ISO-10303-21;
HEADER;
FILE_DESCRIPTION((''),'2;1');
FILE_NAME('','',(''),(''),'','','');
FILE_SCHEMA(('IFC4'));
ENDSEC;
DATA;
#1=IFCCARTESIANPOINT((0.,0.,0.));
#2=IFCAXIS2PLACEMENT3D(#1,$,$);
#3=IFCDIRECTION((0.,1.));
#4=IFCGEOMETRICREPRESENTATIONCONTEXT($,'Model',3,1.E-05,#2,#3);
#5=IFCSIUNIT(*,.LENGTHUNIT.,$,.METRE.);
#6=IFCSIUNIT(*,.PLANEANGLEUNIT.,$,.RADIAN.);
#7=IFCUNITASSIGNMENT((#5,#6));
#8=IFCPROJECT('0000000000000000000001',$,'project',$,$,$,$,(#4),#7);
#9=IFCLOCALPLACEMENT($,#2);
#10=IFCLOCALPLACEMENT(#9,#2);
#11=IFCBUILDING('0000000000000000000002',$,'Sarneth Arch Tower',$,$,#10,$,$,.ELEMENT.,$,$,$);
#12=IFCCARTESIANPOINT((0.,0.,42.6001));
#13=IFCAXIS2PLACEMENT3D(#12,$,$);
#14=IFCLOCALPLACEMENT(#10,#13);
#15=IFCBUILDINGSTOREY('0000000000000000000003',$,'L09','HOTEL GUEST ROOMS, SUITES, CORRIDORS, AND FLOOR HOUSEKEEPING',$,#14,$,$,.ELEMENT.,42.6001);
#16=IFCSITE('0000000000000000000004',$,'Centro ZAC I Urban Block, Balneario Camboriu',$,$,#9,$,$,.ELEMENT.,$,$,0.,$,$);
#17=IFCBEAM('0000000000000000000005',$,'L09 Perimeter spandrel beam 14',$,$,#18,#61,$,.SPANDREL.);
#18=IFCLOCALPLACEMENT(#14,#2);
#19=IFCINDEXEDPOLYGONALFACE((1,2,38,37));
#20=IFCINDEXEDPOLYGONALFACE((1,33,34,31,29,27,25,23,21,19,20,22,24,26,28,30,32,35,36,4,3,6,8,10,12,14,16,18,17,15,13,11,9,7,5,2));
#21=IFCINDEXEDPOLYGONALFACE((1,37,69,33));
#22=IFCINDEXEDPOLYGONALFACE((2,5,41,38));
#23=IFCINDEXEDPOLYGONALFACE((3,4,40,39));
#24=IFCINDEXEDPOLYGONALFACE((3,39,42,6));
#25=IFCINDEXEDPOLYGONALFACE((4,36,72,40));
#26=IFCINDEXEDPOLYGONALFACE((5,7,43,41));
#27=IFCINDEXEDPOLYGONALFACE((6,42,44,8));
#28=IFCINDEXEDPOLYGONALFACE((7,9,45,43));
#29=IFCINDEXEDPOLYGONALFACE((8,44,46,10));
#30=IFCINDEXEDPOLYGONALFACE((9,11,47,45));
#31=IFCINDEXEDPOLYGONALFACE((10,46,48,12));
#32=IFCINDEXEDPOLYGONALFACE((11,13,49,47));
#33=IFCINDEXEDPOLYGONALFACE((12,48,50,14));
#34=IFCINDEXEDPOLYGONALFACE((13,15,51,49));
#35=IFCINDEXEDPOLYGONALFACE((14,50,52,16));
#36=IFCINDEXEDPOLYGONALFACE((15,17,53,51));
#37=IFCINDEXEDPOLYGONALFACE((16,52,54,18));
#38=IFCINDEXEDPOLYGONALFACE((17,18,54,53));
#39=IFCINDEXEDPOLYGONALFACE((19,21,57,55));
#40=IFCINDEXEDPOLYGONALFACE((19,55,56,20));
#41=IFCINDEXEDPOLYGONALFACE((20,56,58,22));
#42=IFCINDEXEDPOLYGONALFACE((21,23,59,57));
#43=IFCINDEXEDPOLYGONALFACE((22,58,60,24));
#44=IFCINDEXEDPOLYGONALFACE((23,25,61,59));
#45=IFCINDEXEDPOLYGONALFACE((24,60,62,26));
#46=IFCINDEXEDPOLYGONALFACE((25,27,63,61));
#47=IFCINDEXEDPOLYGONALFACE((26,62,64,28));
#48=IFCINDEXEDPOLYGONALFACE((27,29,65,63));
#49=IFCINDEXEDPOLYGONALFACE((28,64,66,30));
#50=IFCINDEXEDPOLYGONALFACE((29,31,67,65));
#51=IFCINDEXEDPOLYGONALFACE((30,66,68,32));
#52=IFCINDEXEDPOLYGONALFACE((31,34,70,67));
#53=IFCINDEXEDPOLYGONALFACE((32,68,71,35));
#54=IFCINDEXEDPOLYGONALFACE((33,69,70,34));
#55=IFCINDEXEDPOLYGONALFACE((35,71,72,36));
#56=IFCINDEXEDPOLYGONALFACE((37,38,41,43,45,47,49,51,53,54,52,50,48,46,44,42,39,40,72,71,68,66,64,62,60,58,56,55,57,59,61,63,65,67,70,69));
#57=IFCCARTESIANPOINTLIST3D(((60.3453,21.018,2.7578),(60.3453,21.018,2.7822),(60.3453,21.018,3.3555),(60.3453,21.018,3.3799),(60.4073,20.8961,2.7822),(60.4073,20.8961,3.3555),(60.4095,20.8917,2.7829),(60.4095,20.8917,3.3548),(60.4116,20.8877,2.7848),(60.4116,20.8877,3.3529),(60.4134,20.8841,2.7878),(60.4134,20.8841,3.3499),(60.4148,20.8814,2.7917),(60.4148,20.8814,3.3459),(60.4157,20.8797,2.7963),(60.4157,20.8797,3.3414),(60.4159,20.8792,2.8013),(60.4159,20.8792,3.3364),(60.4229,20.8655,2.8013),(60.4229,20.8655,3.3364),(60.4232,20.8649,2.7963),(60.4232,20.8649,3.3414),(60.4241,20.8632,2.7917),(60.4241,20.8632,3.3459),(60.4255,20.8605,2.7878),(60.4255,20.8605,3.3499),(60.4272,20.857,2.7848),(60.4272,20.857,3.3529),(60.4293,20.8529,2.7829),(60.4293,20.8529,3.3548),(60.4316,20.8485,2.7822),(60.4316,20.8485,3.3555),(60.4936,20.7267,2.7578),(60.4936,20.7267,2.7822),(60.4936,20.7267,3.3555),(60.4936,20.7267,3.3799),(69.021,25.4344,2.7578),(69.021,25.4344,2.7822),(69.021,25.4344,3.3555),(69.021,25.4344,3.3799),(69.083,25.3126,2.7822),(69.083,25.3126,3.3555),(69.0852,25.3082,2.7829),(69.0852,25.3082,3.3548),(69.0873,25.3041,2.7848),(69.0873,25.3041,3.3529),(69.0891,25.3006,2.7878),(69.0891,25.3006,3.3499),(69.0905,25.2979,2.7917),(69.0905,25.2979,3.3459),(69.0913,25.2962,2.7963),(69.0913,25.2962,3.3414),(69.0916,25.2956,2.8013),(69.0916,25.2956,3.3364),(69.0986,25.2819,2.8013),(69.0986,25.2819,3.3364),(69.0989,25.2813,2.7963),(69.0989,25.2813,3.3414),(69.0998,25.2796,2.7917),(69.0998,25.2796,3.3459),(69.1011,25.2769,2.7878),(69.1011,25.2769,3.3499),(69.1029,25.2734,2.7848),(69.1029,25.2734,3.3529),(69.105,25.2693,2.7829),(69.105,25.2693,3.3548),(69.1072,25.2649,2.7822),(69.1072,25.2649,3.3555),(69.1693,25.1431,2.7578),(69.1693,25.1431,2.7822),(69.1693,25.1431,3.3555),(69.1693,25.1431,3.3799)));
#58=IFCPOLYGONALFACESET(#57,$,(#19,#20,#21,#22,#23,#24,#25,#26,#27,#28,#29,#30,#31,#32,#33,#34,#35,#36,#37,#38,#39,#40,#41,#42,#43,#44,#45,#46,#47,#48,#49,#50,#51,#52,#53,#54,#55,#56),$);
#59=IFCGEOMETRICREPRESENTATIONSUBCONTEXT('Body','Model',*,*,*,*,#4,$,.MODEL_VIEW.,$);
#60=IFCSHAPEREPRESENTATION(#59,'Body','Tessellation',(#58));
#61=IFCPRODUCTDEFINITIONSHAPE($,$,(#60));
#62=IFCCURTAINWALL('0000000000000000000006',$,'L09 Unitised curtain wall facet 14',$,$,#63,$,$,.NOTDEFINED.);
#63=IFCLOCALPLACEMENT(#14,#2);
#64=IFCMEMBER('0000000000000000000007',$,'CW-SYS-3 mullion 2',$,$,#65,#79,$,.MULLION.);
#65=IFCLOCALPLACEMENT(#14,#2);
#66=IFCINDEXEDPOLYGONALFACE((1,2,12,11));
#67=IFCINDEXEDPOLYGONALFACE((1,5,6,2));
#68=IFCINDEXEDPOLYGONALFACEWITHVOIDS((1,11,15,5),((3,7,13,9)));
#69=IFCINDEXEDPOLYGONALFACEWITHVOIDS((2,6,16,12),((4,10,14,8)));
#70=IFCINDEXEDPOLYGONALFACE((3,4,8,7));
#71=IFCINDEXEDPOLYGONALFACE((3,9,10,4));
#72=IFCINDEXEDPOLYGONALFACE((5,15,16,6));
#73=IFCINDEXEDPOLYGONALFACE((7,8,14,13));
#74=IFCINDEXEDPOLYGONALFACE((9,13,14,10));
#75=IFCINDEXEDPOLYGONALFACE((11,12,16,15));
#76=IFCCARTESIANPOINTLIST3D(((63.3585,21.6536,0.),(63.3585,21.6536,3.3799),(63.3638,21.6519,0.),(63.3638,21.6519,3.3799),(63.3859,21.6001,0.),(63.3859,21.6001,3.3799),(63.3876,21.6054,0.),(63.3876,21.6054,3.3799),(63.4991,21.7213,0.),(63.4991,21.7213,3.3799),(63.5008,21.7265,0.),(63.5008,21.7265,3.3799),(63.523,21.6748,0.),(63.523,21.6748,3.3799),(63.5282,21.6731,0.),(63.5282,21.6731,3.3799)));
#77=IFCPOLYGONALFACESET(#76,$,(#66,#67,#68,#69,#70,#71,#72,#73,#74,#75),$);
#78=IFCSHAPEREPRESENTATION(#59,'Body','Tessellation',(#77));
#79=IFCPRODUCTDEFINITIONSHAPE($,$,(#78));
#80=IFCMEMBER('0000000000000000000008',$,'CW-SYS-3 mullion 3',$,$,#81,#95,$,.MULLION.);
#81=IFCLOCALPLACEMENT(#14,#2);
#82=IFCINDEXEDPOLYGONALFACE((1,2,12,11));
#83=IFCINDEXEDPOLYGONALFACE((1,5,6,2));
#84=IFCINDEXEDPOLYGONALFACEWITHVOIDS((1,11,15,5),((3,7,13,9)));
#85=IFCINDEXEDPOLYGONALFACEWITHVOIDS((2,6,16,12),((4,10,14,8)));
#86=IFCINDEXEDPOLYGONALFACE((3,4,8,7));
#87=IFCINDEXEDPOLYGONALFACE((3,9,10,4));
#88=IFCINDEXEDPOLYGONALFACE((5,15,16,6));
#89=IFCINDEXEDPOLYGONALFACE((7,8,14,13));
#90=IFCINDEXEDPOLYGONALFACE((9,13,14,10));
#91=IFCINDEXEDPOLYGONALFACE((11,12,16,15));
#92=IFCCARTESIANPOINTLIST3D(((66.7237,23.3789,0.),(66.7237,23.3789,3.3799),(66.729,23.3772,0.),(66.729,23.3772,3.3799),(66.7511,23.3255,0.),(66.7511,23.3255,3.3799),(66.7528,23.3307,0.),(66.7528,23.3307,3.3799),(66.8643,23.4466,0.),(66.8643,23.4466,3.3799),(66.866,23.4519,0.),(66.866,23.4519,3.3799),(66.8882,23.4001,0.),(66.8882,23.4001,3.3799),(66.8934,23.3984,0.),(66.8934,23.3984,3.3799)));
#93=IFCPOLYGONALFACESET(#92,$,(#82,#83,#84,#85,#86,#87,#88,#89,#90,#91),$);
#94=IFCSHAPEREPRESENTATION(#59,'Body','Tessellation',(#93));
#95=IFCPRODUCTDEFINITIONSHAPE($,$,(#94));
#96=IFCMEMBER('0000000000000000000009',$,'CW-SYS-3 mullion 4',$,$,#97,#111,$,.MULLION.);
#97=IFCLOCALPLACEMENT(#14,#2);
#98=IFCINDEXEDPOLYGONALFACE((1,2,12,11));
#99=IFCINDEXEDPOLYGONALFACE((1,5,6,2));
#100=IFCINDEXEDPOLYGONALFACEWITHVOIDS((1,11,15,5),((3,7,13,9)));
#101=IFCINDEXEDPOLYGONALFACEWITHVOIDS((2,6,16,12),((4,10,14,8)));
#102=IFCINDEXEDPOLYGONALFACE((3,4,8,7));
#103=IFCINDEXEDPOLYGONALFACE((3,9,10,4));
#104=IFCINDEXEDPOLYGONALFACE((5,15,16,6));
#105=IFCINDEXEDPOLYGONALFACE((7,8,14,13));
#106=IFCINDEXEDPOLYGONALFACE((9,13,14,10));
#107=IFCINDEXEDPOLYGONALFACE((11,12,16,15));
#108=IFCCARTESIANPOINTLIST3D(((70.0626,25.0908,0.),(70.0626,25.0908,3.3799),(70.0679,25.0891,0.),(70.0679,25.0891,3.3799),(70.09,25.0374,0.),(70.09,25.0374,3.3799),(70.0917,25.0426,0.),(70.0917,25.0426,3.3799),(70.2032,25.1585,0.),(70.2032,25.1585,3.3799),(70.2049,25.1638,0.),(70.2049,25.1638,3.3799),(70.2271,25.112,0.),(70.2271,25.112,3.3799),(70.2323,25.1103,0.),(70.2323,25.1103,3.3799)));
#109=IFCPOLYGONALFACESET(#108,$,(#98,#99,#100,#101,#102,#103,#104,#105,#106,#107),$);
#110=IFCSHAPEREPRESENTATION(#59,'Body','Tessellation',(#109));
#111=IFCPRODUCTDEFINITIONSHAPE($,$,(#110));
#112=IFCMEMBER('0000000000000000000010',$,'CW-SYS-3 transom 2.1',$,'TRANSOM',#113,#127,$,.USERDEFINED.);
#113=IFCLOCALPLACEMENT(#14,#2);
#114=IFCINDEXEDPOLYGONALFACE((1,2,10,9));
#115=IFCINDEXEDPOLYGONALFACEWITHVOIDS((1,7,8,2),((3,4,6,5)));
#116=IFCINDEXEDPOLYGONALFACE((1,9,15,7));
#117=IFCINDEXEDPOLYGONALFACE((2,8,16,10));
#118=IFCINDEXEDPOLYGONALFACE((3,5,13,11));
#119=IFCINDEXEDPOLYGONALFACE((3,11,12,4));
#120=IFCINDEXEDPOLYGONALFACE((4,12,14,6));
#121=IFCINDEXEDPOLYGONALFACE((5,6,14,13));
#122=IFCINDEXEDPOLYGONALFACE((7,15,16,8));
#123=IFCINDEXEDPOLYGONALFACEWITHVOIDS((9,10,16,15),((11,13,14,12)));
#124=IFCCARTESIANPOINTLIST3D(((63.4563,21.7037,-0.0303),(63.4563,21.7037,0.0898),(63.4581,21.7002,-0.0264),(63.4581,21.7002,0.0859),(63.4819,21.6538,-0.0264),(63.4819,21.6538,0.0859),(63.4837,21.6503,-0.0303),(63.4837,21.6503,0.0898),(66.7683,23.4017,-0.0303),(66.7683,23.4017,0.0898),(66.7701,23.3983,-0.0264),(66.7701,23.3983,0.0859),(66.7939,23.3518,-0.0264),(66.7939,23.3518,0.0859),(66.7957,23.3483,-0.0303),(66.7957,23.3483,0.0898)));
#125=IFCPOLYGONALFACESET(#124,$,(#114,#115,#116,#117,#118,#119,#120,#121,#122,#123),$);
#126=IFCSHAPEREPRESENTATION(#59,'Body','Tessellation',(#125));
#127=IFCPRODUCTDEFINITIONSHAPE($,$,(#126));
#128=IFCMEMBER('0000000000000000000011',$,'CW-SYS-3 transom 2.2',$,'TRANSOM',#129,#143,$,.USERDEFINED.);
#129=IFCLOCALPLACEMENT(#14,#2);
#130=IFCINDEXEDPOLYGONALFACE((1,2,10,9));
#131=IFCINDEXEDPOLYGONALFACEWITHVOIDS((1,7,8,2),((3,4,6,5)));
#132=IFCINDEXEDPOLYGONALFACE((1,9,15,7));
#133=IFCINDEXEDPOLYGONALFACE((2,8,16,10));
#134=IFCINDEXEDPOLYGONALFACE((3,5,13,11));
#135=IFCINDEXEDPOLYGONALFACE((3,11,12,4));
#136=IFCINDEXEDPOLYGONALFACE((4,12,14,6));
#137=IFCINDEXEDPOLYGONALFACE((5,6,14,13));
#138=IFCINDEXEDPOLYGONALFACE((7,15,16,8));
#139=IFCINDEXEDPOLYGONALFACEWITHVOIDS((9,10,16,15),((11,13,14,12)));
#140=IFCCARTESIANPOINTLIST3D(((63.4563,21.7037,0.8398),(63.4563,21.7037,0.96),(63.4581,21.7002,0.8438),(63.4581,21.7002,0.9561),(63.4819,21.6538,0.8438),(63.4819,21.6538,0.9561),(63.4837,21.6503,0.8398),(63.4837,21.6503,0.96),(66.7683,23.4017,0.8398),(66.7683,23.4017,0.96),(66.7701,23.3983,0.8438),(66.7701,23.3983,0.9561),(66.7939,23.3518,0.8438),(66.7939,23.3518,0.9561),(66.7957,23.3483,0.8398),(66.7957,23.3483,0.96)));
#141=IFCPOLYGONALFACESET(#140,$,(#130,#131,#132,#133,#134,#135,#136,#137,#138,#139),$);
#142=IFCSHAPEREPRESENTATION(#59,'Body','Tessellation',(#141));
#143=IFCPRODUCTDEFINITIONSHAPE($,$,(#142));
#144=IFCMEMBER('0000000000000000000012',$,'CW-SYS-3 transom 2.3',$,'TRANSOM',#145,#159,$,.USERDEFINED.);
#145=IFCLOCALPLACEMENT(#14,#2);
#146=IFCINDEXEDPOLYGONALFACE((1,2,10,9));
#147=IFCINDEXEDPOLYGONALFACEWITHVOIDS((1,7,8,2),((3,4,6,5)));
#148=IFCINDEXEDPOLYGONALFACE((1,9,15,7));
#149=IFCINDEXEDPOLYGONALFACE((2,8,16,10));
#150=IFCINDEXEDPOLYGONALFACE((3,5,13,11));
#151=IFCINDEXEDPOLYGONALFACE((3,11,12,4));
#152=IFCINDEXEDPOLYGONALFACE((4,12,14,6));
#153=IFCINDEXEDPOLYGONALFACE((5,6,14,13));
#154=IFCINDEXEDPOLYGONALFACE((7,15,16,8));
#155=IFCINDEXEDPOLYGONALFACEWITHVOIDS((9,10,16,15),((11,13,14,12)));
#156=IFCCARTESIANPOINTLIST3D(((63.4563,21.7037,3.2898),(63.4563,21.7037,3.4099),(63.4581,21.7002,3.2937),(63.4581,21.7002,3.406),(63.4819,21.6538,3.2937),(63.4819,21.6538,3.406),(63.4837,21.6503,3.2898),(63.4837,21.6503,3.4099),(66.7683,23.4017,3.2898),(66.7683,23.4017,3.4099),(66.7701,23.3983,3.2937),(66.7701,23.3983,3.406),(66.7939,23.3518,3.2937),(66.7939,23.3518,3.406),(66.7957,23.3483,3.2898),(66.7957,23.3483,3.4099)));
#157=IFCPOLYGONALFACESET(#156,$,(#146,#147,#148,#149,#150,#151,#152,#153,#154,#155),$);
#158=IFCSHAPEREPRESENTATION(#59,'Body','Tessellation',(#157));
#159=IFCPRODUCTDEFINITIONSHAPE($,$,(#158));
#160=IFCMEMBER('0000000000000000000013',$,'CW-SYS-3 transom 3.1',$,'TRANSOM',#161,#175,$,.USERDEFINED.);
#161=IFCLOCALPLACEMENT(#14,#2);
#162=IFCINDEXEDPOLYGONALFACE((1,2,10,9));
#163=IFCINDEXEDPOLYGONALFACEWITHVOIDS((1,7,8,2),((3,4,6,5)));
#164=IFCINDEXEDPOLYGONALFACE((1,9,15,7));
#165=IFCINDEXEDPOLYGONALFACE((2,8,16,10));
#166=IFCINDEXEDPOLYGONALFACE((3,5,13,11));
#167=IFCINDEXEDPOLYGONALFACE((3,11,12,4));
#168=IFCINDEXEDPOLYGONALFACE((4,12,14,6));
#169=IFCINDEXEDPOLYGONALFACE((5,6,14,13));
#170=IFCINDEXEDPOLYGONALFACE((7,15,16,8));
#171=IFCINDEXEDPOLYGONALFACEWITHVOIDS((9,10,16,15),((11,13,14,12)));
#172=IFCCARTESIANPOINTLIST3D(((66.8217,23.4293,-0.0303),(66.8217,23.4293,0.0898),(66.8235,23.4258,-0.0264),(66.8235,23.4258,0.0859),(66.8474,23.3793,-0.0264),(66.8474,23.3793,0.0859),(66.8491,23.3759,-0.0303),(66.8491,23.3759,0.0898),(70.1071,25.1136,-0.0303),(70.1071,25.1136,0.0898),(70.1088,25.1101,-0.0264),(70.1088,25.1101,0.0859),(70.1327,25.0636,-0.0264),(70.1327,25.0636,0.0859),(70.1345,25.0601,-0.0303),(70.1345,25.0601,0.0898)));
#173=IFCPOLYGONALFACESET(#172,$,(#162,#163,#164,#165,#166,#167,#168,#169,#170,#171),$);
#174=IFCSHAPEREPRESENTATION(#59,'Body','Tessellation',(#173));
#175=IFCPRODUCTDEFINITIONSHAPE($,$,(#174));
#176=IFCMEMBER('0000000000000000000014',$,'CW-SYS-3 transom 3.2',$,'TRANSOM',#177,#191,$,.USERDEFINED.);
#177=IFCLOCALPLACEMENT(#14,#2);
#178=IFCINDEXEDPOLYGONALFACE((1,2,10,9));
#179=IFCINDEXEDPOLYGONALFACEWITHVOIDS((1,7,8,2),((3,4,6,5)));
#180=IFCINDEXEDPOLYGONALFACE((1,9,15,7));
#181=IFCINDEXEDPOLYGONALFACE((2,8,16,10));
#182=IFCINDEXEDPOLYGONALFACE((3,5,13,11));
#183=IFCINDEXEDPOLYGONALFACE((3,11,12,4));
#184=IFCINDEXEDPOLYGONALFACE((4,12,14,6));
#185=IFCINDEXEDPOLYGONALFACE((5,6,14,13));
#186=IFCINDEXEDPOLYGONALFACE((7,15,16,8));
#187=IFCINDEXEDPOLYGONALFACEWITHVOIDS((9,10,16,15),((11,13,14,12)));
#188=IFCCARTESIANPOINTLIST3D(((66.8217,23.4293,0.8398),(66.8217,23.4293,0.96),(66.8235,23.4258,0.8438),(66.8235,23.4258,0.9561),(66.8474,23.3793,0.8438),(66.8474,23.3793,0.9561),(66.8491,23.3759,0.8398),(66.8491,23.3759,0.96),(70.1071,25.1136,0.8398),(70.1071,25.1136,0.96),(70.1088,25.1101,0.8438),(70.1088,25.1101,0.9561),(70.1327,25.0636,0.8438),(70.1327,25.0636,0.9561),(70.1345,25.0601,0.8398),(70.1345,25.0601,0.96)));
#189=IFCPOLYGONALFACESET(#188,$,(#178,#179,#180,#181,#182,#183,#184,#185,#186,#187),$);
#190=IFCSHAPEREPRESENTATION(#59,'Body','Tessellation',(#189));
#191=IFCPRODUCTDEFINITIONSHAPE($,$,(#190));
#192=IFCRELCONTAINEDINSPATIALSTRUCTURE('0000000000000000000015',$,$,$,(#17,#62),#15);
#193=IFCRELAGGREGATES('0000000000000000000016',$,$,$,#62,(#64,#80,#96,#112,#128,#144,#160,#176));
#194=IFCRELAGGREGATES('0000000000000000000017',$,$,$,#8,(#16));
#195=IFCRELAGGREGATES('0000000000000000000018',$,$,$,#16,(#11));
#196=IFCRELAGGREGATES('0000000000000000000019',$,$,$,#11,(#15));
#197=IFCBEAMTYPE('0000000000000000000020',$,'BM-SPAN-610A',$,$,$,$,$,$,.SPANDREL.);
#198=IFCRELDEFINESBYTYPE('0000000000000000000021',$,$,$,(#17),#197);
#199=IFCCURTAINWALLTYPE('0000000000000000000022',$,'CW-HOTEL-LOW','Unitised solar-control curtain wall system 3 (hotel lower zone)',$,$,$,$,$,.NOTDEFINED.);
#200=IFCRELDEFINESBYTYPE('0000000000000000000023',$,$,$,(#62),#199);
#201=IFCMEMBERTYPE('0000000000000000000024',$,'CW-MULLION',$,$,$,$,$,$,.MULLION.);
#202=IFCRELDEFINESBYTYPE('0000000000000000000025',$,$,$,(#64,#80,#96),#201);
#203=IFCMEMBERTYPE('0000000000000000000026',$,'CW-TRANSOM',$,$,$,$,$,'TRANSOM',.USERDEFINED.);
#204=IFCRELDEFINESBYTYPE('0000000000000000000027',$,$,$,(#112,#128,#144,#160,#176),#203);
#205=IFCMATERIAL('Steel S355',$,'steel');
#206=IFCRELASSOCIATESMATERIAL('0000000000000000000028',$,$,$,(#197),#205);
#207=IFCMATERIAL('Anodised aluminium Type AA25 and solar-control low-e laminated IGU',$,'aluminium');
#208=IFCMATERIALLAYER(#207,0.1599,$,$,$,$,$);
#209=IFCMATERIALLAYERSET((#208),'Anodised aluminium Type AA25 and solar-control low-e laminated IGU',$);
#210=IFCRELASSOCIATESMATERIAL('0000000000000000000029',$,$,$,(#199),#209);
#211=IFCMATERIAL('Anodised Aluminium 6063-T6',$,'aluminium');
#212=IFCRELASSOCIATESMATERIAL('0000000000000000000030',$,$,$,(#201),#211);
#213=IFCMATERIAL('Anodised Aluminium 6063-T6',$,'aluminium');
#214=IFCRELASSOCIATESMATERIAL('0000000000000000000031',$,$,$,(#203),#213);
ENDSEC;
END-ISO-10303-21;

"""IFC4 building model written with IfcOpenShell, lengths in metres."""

from ifc_helpers import new_model, si_unit, direction, frame, origin, origin_2d, place, context, subcontext, project, spatial, hollow_rectangle, i_section, extrude, material, layer, layer_set, material_profile, profile_set, type_object, element, aggregate, save


model = new_model("IFC4")

# Units and contexts
model_context = context("Model", 3, precision=1e-05, world=origin(), true_north=direction((0.0, 1.0)))
body_context = subcontext(model_context, "Body", "Model", "MODEL_VIEW")
ifc_project = project(units=[si_unit("LENGTHUNIT", "METRE"), si_unit("PLANEANGLEUNIT", "RADIAN")], contexts=[model_context])

# Site, building, storey
site_placement = place(None, origin())
site = spatial("IfcSite", under=ifc_project, at=site_placement, Name="Centro ZAC I Urban Block, Balneario Camboriu", CompositionType="ELEMENT", RefElevation=0.0)
building_placement = place(site_placement, origin())
building = spatial("IfcBuilding", under=site, at=building_placement, Name="Sarneth Arch Tower", CompositionType="ELEMENT")
storey_placement = place(building_placement, frame((0.0, 0.0, 42.6001)))
storey = spatial("IfcBuildingStorey", under=building, at=storey_placement, Name="L09", Description="HOTEL GUEST ROOMS, SUITES, CORRIDORS, AND FLOOR HOUSEKEEPING", CompositionType="ELEMENT", Elevation=42.6001)

# Beam
ifc_material_1 = material(Name="Steel S355", Category="steel")
ifc_material_profile_1 = material_profile(ifc_material_1, i_section(OverallWidth=0.3269, OverallDepth=0.6221, WebThickness=0.0154, FlangeThickness=0.0244, FilletRadius=0.019, at=origin_2d()), Name="W610x195")
ifc_profile_set_1 = profile_set([ifc_material_profile_1], Name="Steel S355")
beam_type = type_object("IfcBeamType", Name="BM-SPAN-610A", PredefinedType="SPANDREL", material=ifc_profile_set_1)
beam_placement = place(storey_placement, frame((60.4194, 20.8723, 3.0688), z_axis=(0.891174, 0.453662, 0.0), x_axis=(-0.453662, 0.891174, 0.0)))
element("IfcBeam", 1, at=beam_placement, inside=storey, type_object=beam_type, Name="L09 Perimeter spandrel beam 14", PredefinedType="SPANDREL", context=body_context, shape_type="SweptSolid", body=[
    extrude(i_section(OverallWidth=0.3269, OverallDepth=0.6221, WebThickness=0.0154, FlangeThickness=0.0244, FilletRadius=0.019, at=origin_2d()), origin(), (0.0, 0.0, 1.0), 9.7351),
])

# Curtain wall, members
ifc_material_2 = material(Name="Anodised aluminium Type AA25 and solar-control low-e laminated IGU", Category="aluminium")
ifc_layer_1 = layer(ifc_material_2, 0.1599)
ifc_layer_set_1 = layer_set([ifc_layer_1], Name="Anodised aluminium Type AA25 and solar-control low-e laminated IGU")
curtain_wall_type = type_object("IfcCurtainWallType", Name="CW-HOTEL-LOW", Description="Unitised solar-control curtain wall system 3 (hotel lower zone)", PredefinedType="NOTDEFINED", material=ifc_layer_set_1)
curtain_wall_placement = place(storey_placement, origin())
curtain_wall = element("IfcCurtainWall", 2, at=curtain_wall_placement, inside=storey, type_object=curtain_wall_type, Name="L09 Unitised curtain wall facet 14", PredefinedType="NOTDEFINED")
ifc_material_3 = material(Name="Anodised Aluminium 6063-T6", Category="aluminium")
ifc_material_profile_2 = material_profile(ifc_material_3, hollow_rectangle(XDim=0.0601, YDim=0.1599, WallThickness=0.0039, at=origin_2d()), Name="AL-MULL-160x60x4")
ifc_profile_set_2 = profile_set([ifc_material_profile_2], Name="Anodised Aluminium 6063-T6")
member_type_1 = type_object("IfcMemberType", Name="CW-MULLION", PredefinedType="MULLION", material=ifc_profile_set_2)
member_1_placement = place(storey_placement, frame((63.4434, 21.6633, 0.0), z_axis=(0.0, 0.0, 1.0), x_axis=(-0.456245, 0.889854, 0.0)))
member_1 = element("IfcMember", 3, at=member_1_placement, type_object=member_type_1, Name="CW-SYS-3 mullion 2", PredefinedType="MULLION", context=body_context, shape_type="SweptSolid", body=[
    extrude(hollow_rectangle(XDim=0.0601, YDim=0.1599, WallThickness=0.0039, at=origin_2d()), origin(), (0.0, 0.0, 1.0), 3.3799),
])
member_2_placement = place(storey_placement, frame((66.8086, 23.3887, 0.0), z_axis=(0.0, 0.0, 1.0), x_axis=(-0.456245, 0.889854, 0.0)))
member_2 = element("IfcMember", 4, at=member_2_placement, type_object=member_type_1, Name="CW-SYS-3 mullion 3", PredefinedType="MULLION", context=body_context, shape_type="SweptSolid", body=[
    extrude(hollow_rectangle(XDim=0.0601, YDim=0.1599, WallThickness=0.0039, at=origin_2d()), origin(), (0.0, 0.0, 1.0), 3.3799),
])
member_3_placement = place(storey_placement, frame((70.1475, 25.1006, 0.0), z_axis=(0.0, 0.0, 1.0), x_axis=(-0.456245, 0.889854, 0.0)))
member_3 = element("IfcMember", 5, at=member_3_placement, type_object=member_type_1, Name="CW-SYS-3 mullion 4", PredefinedType="MULLION", context=body_context, shape_type="SweptSolid", body=[
    extrude(hollow_rectangle(XDim=0.0601, YDim=0.1599, WallThickness=0.0039, at=origin_2d()), origin(), (0.0, 0.0, 1.0), 3.3799),
])
ifc_material_4 = material(Name="Anodised Aluminium 6063-T6", Category="aluminium")
ifc_material_profile_3 = material_profile(ifc_material_4, hollow_rectangle(XDim=0.0601, YDim=0.1201, WallThickness=0.0039, at=origin_2d()), Name="AL-TRAN-120x60x4")
ifc_profile_set_3 = profile_set([ifc_material_profile_3], Name="Anodised Aluminium 6063-T6")
member_type_2 = type_object("IfcMemberType", Name="CW-TRANSOM", ElementType="TRANSOM", PredefinedType="USERDEFINED", material=ifc_profile_set_3)
member_4_placement = place(storey_placement, frame((63.47, 21.677, 0.0298), z_axis=(0.889869, 0.456217, 0.0), x_axis=(-0.456217, 0.889869, 0.0)))
member_4 = element("IfcMember", 6, at=member_4_placement, type_object=member_type_2, Name="CW-SYS-3 transom 2.1", ObjectType="TRANSOM", PredefinedType="USERDEFINED", context=body_context, shape_type="SweptSolid", body=[
    extrude(hollow_rectangle(XDim=0.0601, YDim=0.1201, WallThickness=0.0039, at=origin_2d()), origin(), (0.0, 0.0, 1.0), 3.7219),
])
member_5_placement = place(storey_placement, frame((63.47, 21.677, 0.8999), z_axis=(0.889869, 0.456217, 0.0), x_axis=(-0.456217, 0.889869, 0.0)))
member_5 = element("IfcMember", 7, at=member_5_placement, type_object=member_type_2, Name="CW-SYS-3 transom 2.2", ObjectType="TRANSOM", PredefinedType="USERDEFINED", context=body_context, shape_type="SweptSolid", body=[
    extrude(hollow_rectangle(XDim=0.0601, YDim=0.1201, WallThickness=0.0039, at=origin_2d()), origin(), (0.0, 0.0, 1.0), 3.7219),
])
member_6_placement = place(storey_placement, frame((63.47, 21.677, 3.3499), z_axis=(0.889869, 0.456217, 0.0), x_axis=(-0.456217, 0.889869, 0.0)))
member_6 = element("IfcMember", 8, at=member_6_placement, type_object=member_type_2, Name="CW-SYS-3 transom 2.3", ObjectType="TRANSOM", PredefinedType="USERDEFINED", context=body_context, shape_type="SweptSolid", body=[
    extrude(hollow_rectangle(XDim=0.0601, YDim=0.1201, WallThickness=0.0039, at=origin_2d()), origin(), (0.0, 0.0, 1.0), 3.7219),
])
member_7_placement = place(storey_placement, frame((66.8354, 23.4026, 0.0298), z_axis=(0.889872, 0.456211, 0.0), x_axis=(-0.456211, 0.889872, 0.0)))
member_7 = element("IfcMember", 9, at=member_7_placement, type_object=member_type_2, Name="CW-SYS-3 transom 3.1", ObjectType="TRANSOM", PredefinedType="USERDEFINED", context=body_context, shape_type="SweptSolid", body=[
    extrude(hollow_rectangle(XDim=0.0601, YDim=0.1201, WallThickness=0.0039, at=origin_2d()), origin(), (0.0, 0.0, 1.0), 3.6919),
])
member_8_placement = place(storey_placement, frame((66.8354, 23.4026, 0.8999), z_axis=(0.889872, 0.456211, 0.0), x_axis=(-0.456211, 0.889872, 0.0)))
member_8 = element("IfcMember", 10, at=member_8_placement, type_object=member_type_2, Name="CW-SYS-3 transom 3.2", ObjectType="TRANSOM", PredefinedType="USERDEFINED", context=body_context, shape_type="SweptSolid", body=[
    extrude(hollow_rectangle(XDim=0.0601, YDim=0.1201, WallThickness=0.0039, at=origin_2d()), origin(), (0.0, 0.0, 1.0), 3.6919),
])
aggregate(curtain_wall, [member_1, member_2, member_3, member_4, member_5, member_6, member_7, member_8])

save(model, "model.ifc")
